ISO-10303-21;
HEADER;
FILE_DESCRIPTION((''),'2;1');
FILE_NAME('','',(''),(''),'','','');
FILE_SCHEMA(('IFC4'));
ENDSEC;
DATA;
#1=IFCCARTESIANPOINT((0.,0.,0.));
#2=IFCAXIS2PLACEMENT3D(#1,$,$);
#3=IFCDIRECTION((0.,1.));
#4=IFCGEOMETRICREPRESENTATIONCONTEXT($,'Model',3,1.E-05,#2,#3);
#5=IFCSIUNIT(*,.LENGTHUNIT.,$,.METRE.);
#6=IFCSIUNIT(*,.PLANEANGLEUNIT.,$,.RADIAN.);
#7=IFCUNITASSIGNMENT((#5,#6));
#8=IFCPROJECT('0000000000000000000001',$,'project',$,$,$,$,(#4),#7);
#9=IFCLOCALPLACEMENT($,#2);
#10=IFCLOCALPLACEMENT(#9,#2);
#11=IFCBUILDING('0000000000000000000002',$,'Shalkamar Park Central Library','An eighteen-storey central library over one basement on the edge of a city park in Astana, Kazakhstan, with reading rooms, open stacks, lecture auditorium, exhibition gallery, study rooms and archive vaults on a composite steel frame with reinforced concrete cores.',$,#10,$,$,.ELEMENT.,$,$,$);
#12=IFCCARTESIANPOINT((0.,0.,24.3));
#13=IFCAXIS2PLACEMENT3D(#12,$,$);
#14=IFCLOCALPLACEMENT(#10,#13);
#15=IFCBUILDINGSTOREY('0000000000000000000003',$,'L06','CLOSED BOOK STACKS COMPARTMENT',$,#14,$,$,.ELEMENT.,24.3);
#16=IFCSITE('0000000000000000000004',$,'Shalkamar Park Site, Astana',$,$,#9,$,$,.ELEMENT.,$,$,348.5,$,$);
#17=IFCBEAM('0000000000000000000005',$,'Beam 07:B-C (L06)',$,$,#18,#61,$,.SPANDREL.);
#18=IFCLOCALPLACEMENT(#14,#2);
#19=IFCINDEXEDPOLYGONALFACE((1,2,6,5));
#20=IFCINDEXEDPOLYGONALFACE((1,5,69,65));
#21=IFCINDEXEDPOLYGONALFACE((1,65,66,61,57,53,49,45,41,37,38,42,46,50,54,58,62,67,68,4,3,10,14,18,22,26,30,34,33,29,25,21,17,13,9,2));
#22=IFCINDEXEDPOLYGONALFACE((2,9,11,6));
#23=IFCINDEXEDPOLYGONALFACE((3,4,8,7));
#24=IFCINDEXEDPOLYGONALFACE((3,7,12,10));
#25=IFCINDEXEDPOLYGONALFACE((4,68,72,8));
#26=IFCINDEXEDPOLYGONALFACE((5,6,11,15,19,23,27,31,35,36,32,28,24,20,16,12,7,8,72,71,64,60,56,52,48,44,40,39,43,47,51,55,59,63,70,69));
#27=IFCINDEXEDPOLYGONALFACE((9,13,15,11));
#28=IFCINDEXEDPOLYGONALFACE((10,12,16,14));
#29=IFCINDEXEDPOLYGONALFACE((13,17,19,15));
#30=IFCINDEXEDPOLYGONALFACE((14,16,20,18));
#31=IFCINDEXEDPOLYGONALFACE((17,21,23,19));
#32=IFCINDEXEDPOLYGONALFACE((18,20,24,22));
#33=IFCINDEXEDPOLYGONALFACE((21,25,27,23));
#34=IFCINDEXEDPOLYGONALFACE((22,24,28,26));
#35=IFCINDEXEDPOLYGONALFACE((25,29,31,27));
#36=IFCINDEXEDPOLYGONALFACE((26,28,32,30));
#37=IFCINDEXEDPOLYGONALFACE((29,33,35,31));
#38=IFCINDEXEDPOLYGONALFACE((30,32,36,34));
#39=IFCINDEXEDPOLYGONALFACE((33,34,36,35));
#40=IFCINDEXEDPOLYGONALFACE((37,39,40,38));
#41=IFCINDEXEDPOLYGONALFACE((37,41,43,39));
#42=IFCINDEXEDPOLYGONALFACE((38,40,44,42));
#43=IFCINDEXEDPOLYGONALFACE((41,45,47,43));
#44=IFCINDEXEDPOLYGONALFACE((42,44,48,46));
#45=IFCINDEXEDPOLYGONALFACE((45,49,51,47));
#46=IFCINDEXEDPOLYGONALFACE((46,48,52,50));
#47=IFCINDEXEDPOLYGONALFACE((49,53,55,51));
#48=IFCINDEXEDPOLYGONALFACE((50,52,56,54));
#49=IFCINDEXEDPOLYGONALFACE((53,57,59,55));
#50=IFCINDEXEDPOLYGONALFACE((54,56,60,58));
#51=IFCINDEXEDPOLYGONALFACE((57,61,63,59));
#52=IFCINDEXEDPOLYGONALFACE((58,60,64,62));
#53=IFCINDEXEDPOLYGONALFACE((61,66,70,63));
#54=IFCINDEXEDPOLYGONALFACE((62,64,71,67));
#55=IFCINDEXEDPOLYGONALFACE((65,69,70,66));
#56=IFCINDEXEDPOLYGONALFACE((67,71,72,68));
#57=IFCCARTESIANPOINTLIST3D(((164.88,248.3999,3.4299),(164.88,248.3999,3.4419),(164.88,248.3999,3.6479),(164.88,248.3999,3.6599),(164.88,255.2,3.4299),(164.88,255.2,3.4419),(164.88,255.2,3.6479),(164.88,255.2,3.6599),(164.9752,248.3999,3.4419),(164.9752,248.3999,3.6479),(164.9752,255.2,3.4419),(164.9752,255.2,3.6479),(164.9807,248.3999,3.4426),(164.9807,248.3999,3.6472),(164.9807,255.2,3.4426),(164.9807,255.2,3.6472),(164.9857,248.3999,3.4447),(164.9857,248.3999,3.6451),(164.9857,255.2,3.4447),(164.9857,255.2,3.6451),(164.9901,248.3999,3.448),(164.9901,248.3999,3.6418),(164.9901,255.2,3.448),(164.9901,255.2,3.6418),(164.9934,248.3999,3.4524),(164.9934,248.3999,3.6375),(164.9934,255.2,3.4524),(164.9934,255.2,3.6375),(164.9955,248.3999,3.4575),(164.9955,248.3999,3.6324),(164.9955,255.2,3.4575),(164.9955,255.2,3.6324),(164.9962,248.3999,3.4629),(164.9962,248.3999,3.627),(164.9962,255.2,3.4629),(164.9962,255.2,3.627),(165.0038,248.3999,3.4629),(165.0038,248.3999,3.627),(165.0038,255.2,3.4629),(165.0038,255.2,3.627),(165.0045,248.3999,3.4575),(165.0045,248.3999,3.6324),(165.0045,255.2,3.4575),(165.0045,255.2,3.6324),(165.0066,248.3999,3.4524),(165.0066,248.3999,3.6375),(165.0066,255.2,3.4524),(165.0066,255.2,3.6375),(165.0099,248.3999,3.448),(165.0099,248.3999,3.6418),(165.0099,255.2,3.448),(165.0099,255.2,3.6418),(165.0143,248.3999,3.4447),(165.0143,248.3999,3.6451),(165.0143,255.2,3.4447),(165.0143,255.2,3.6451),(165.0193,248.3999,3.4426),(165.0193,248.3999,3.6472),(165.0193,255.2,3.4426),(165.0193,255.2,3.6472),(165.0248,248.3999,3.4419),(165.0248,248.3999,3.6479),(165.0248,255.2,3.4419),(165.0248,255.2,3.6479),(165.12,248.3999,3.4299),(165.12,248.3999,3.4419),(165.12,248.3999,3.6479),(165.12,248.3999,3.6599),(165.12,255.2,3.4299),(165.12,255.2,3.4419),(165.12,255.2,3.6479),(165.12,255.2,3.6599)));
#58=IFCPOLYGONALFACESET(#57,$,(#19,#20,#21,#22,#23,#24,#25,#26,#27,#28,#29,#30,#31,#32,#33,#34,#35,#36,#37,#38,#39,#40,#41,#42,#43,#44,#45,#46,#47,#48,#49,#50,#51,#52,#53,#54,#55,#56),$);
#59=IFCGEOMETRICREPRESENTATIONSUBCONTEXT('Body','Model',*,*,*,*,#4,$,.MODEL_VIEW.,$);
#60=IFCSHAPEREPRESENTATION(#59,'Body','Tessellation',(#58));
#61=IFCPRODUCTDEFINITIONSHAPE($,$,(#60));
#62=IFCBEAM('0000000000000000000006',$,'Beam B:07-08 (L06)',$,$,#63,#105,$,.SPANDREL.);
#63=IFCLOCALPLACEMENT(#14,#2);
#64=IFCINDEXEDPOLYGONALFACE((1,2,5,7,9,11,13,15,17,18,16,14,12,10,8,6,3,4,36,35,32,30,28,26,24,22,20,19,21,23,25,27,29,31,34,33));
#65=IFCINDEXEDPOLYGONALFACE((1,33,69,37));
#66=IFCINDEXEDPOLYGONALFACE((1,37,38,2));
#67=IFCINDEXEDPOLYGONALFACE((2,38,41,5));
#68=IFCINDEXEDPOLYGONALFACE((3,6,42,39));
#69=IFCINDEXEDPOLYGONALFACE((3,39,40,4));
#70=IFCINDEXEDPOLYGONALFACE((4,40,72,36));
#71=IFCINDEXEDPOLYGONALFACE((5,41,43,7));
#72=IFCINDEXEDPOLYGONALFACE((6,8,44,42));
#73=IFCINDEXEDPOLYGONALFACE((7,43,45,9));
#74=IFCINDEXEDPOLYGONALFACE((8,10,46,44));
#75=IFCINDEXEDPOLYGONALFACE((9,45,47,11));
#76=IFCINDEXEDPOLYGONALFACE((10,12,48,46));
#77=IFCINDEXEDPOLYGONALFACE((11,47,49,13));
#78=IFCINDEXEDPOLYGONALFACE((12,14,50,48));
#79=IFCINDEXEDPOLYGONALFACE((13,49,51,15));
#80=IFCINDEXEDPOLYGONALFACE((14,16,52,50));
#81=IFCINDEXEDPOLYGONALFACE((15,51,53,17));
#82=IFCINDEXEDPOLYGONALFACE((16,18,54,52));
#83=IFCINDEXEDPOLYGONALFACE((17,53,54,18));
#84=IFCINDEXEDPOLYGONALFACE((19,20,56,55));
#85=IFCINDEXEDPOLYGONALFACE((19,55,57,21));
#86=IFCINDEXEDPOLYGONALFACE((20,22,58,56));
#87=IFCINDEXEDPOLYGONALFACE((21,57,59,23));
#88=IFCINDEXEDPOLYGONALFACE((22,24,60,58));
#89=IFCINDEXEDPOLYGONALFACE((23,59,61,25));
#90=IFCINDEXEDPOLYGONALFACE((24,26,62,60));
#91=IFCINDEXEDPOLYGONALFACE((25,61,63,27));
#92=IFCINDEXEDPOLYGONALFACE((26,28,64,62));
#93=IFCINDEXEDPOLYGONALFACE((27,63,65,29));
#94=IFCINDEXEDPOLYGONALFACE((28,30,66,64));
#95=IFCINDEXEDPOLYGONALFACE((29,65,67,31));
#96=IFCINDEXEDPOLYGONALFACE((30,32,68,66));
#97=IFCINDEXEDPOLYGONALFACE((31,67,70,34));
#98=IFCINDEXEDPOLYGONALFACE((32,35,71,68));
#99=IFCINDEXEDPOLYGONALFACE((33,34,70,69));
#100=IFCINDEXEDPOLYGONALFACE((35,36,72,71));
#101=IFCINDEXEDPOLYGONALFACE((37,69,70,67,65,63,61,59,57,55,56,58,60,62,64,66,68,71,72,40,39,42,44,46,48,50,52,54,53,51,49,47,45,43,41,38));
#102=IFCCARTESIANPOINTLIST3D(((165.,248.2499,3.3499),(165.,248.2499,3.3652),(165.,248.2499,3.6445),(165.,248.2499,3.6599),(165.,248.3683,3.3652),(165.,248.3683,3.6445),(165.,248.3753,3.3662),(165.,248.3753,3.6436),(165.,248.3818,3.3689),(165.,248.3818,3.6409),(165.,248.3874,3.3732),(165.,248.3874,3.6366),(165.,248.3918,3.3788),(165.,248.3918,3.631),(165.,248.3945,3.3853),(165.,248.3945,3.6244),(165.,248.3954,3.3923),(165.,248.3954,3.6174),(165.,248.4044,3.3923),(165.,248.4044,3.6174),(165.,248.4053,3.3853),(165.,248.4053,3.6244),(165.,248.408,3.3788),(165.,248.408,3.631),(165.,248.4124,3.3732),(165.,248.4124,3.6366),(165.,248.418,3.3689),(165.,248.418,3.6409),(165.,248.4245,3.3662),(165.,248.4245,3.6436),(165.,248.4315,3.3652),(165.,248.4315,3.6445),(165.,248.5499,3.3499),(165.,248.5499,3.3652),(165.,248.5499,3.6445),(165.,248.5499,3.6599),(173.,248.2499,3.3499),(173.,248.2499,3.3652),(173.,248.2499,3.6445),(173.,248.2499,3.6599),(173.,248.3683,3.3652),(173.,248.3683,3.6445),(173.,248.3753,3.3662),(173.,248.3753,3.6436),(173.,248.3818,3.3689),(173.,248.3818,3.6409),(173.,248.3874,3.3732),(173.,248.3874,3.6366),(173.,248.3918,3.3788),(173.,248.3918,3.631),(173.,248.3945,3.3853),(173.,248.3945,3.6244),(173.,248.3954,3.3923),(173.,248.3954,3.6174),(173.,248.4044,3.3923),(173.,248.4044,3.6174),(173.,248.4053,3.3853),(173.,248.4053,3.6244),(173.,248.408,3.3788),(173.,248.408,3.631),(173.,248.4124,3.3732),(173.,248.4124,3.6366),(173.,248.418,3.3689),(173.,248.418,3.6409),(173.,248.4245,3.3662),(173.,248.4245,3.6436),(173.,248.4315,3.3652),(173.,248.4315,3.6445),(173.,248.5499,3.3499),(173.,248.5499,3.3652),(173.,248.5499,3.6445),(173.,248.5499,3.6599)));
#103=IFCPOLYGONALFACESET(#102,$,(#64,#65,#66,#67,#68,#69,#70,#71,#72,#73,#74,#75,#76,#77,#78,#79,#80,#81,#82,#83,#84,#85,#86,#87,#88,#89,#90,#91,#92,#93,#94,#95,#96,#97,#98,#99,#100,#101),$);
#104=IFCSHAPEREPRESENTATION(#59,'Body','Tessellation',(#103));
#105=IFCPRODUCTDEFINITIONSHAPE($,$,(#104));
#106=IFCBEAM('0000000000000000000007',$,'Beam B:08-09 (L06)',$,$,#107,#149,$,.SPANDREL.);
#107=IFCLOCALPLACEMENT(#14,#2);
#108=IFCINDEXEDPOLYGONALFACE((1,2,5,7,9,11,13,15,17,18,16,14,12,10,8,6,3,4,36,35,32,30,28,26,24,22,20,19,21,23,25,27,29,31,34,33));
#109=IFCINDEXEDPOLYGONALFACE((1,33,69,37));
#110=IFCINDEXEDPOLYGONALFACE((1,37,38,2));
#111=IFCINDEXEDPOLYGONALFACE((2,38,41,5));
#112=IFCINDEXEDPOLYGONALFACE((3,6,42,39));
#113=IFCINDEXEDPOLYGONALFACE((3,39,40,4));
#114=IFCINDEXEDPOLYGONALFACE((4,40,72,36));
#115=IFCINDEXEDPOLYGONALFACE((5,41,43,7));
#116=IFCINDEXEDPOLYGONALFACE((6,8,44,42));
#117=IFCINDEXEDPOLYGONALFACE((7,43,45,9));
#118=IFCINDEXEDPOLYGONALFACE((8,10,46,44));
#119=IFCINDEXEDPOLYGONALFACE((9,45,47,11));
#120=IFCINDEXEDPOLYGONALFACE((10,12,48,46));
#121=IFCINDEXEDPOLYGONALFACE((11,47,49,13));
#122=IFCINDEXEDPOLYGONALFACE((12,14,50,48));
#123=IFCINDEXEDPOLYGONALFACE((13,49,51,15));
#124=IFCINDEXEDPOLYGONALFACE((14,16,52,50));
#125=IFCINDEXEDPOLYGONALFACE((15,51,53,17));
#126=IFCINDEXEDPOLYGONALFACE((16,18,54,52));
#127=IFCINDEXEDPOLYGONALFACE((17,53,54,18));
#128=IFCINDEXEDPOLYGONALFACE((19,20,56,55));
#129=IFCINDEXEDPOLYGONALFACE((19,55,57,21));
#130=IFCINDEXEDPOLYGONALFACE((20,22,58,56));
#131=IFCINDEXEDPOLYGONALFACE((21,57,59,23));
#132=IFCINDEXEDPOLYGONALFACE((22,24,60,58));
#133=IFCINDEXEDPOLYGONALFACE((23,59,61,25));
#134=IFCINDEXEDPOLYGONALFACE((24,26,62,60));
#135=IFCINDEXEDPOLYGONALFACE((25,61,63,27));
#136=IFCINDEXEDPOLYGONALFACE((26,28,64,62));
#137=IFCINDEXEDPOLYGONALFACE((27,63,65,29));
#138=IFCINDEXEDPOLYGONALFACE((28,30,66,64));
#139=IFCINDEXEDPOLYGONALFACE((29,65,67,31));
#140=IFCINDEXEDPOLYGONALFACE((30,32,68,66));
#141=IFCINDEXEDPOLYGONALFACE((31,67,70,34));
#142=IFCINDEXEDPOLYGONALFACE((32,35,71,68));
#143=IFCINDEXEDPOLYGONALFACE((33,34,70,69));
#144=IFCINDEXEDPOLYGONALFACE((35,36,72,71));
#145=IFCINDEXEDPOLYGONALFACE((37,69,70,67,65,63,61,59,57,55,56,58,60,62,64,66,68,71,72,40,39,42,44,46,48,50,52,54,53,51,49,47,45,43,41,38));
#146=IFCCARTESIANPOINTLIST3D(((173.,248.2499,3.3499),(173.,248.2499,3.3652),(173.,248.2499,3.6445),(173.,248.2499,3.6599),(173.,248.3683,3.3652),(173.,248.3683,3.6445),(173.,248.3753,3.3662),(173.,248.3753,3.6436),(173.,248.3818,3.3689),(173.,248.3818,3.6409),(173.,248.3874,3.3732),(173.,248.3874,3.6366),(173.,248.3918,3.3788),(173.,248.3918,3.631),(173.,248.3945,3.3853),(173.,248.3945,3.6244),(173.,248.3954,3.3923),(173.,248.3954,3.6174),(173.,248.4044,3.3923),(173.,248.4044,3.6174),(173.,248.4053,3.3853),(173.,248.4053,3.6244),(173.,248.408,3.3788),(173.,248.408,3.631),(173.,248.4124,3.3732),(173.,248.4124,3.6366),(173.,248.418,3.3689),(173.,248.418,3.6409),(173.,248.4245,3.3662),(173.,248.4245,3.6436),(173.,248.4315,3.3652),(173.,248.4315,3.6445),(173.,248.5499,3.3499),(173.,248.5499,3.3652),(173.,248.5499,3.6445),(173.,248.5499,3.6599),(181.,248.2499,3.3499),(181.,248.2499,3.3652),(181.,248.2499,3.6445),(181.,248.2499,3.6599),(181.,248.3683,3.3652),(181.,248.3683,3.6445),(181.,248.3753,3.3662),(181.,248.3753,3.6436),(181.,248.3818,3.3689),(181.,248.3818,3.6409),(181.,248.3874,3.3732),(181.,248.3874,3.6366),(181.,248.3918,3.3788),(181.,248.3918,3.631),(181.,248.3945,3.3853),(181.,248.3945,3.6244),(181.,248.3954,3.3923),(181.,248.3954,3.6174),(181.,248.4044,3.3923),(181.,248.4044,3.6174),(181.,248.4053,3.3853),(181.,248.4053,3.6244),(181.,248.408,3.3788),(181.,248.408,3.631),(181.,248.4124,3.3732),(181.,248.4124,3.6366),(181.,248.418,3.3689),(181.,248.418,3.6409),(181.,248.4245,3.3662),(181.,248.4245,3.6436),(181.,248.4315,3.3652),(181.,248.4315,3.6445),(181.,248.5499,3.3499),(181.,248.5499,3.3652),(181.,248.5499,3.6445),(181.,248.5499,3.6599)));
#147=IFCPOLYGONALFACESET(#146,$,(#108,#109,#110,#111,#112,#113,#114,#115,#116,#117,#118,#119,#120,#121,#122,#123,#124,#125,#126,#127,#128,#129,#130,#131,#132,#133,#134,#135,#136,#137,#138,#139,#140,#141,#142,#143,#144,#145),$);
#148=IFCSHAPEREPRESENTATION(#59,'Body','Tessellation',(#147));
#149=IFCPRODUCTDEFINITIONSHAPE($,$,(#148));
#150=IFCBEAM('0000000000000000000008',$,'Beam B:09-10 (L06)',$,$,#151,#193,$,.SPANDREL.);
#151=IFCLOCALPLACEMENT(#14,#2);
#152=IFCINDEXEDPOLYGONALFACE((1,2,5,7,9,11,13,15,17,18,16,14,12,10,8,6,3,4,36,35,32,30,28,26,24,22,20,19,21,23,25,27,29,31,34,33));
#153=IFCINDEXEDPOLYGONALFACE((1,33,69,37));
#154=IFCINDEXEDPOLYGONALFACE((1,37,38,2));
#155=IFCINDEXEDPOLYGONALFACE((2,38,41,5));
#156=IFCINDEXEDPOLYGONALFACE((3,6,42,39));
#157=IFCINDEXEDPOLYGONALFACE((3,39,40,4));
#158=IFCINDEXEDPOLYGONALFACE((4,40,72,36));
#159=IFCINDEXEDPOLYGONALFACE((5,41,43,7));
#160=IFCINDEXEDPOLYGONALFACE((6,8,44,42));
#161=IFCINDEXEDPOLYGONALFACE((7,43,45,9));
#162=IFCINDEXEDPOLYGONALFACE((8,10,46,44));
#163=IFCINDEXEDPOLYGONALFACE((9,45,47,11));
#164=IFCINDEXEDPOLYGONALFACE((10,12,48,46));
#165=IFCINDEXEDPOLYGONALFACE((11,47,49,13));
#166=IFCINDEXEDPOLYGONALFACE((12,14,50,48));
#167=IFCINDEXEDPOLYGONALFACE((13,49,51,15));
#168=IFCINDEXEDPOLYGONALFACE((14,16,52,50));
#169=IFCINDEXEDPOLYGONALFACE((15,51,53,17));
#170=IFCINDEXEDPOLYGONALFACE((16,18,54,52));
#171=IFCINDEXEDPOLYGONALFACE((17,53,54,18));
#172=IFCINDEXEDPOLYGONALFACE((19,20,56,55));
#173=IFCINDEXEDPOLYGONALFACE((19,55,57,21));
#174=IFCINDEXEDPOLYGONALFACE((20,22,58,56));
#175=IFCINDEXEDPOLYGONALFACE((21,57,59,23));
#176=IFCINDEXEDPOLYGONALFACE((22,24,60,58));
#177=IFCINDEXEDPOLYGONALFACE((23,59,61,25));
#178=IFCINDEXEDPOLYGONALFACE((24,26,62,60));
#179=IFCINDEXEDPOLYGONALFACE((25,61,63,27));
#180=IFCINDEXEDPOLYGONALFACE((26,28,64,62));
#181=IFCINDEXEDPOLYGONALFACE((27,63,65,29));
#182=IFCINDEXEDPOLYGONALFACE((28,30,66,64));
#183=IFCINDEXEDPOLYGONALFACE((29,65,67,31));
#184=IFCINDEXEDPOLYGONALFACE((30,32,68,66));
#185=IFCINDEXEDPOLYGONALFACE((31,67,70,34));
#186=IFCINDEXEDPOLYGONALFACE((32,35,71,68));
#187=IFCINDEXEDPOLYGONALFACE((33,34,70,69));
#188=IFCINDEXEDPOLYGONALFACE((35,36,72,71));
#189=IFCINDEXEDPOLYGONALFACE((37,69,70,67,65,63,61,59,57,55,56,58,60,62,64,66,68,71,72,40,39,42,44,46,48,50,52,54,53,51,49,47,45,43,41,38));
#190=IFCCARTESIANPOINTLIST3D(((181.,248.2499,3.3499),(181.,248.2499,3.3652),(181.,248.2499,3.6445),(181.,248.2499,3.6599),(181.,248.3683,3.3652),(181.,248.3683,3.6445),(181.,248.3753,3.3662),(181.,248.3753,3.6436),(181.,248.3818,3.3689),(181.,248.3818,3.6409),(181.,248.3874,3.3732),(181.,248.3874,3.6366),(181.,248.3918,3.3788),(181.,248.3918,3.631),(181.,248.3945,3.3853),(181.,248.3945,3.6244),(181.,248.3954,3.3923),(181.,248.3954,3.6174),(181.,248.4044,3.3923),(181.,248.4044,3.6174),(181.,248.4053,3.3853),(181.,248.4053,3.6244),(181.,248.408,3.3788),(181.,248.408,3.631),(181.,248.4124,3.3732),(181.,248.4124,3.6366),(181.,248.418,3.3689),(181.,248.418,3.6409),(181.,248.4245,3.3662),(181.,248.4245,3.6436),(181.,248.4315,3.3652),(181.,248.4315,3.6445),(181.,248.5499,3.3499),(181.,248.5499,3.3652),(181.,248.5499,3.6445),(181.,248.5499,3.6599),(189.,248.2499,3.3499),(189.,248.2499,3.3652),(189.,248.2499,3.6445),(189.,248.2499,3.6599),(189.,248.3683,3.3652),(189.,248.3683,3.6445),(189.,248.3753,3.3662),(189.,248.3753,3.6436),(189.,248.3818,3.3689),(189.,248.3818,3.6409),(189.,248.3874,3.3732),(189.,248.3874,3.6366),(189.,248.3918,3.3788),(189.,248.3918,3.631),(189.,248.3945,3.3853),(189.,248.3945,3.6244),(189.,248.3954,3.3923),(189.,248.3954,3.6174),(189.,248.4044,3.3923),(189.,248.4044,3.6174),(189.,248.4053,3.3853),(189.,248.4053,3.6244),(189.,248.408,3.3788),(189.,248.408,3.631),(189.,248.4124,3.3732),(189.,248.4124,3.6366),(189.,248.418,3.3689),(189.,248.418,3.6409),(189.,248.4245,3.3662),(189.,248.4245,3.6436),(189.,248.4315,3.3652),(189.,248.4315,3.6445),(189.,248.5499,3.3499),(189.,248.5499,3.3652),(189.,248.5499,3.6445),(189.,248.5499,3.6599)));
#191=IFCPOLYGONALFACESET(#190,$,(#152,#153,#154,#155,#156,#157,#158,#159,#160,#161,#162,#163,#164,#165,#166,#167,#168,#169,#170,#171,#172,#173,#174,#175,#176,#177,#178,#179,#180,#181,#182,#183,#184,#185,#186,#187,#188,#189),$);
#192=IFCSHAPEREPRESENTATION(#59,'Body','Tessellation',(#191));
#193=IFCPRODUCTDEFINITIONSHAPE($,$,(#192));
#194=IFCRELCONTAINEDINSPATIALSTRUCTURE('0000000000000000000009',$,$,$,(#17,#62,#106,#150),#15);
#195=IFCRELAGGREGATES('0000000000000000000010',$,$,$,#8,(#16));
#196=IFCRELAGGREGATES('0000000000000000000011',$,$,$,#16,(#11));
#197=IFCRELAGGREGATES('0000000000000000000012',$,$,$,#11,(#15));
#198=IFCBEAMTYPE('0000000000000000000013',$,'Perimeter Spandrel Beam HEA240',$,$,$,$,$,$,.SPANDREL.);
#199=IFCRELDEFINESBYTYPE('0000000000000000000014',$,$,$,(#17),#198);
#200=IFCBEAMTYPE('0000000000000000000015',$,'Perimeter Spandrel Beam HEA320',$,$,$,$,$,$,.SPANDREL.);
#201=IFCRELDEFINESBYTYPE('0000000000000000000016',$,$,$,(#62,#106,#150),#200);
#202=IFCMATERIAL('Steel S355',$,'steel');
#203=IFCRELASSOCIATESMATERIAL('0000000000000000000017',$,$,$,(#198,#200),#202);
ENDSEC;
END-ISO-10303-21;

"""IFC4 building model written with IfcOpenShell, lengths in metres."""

from ifc_helpers import new_model, si_unit, direction, frame, origin, origin_2d, place, context, subcontext, project, spatial, i_section, extrude, material, material_profile, profile_set, type_object, element, save


model = new_model("IFC4")

# Units and contexts
model_context = context("Model", 3, precision=1e-05, world=origin(), true_north=direction((0.0, 1.0)))
body_context = subcontext(model_context, "Body", "Model", "MODEL_VIEW")
ifc_project = project(units=[si_unit("LENGTHUNIT", "METRE"), si_unit("PLANEANGLEUNIT", "RADIAN")], contexts=[model_context])

# Site, building, storey
site_placement = place(None, origin())
site = spatial("IfcSite", under=ifc_project, at=site_placement, Name="Shalkamar Park Site, Astana", CompositionType="ELEMENT", RefElevation=348.5)
building_placement = place(site_placement, origin())
building = spatial("IfcBuilding", under=site, at=building_placement, Name="Shalkamar Park Central Library", Description="An eighteen-storey central library over one basement on the edge of a city park in Astana, Kazakhstan, with reading rooms, open stacks, lecture auditorium, exhibition gallery, study rooms and archive vaults on a composite steel frame with reinforced concrete cores.", CompositionType="ELEMENT")
storey_placement = place(building_placement, frame((0.0, 0.0, 24.3)))
storey = spatial("IfcBuildingStorey", under=building, at=storey_placement, Name="L06", Description="CLOSED BOOK STACKS COMPARTMENT", CompositionType="ELEMENT", Elevation=24.3)

# Shared definitions
ifc_material_1 = material(Name="Steel S355", Category="steel")

# Beams
ifc_material_profile_1 = material_profile(ifc_material_1, i_section(OverallWidth=0.24, OverallDepth=0.23, WebThickness=0.0076, FlangeThickness=0.012, FilletRadius=0.021, at=origin_2d()), Name="HEA 240")
ifc_profile_set_1 = profile_set([ifc_material_profile_1], Name="Steel S355")
beam_type_1 = type_object("IfcBeamType", Name="Perimeter Spandrel Beam HEA240", PredefinedType="SPANDREL", material=ifc_profile_set_1)
beam_placement = place(storey_placement, frame((165.0, 248.3999, 3.5449), z_axis=(0.0, 1.0, 0.0), x_axis=(-1.0, 0.0, 0.0)))
element("IfcBeam", 1, at=beam_placement, inside=storey, type_object=beam_type_1, Name="Beam 07:B-C (L06)", PredefinedType="SPANDREL", context=body_context, shape_type="SweptSolid", body=[
    extrude(i_section(OverallWidth=0.24, OverallDepth=0.23, WebThickness=0.0076, FlangeThickness=0.012, FilletRadius=0.021, at=origin_2d()), origin(), (0.0, 0.0, 1.0), 6.8),
])
ifc_material_profile_2 = material_profile(ifc_material_1, i_section(OverallWidth=0.3, OverallDepth=0.3101, WebThickness=0.009, FlangeThickness=0.0154, FilletRadius=0.0271, at=origin_2d()), Name="HEA 320")
ifc_profile_set_2 = profile_set([ifc_material_profile_2], Name="Steel S355")
beam_type_2 = type_object("IfcBeamType", Name="Perimeter Spandrel Beam HEA320", PredefinedType="SPANDREL", material=ifc_profile_set_2)
for number, where, z_axis, x_axis, name in (
    (2, (165.0, 248.3999, 3.5049), (1.0, 0.0, 0.0), (0.0, 1.0, 0.0), "Beam B:07-08 (L06)"),
    (3, (173.0, 248.3999, 3.5049), (1.0, 0.0, 0.0), (0.0, 1.0, 0.0), "Beam B:08-09 (L06)"),
    (4, (181.0, 248.3999, 3.5049), (1.0, 0.0, 0.0), (0.0, 1.0, 0.0), "Beam B:09-10 (L06)"),
):
    element("IfcBeam", number, at=place(storey_placement, frame(where, z_axis=z_axis, x_axis=x_axis)), inside=storey, type_object=beam_type_2, Name=name, PredefinedType="SPANDREL", context=body_context, shape_type="SweptSolid", body=[
        extrude(i_section(OverallWidth=0.3, OverallDepth=0.3101, WebThickness=0.009, FlangeThickness=0.0154, FilletRadius=0.0271, at=origin_2d()), origin(), (0.0, 0.0, 1.0), 8.0),
    ])

save(model, "model.ifc")
